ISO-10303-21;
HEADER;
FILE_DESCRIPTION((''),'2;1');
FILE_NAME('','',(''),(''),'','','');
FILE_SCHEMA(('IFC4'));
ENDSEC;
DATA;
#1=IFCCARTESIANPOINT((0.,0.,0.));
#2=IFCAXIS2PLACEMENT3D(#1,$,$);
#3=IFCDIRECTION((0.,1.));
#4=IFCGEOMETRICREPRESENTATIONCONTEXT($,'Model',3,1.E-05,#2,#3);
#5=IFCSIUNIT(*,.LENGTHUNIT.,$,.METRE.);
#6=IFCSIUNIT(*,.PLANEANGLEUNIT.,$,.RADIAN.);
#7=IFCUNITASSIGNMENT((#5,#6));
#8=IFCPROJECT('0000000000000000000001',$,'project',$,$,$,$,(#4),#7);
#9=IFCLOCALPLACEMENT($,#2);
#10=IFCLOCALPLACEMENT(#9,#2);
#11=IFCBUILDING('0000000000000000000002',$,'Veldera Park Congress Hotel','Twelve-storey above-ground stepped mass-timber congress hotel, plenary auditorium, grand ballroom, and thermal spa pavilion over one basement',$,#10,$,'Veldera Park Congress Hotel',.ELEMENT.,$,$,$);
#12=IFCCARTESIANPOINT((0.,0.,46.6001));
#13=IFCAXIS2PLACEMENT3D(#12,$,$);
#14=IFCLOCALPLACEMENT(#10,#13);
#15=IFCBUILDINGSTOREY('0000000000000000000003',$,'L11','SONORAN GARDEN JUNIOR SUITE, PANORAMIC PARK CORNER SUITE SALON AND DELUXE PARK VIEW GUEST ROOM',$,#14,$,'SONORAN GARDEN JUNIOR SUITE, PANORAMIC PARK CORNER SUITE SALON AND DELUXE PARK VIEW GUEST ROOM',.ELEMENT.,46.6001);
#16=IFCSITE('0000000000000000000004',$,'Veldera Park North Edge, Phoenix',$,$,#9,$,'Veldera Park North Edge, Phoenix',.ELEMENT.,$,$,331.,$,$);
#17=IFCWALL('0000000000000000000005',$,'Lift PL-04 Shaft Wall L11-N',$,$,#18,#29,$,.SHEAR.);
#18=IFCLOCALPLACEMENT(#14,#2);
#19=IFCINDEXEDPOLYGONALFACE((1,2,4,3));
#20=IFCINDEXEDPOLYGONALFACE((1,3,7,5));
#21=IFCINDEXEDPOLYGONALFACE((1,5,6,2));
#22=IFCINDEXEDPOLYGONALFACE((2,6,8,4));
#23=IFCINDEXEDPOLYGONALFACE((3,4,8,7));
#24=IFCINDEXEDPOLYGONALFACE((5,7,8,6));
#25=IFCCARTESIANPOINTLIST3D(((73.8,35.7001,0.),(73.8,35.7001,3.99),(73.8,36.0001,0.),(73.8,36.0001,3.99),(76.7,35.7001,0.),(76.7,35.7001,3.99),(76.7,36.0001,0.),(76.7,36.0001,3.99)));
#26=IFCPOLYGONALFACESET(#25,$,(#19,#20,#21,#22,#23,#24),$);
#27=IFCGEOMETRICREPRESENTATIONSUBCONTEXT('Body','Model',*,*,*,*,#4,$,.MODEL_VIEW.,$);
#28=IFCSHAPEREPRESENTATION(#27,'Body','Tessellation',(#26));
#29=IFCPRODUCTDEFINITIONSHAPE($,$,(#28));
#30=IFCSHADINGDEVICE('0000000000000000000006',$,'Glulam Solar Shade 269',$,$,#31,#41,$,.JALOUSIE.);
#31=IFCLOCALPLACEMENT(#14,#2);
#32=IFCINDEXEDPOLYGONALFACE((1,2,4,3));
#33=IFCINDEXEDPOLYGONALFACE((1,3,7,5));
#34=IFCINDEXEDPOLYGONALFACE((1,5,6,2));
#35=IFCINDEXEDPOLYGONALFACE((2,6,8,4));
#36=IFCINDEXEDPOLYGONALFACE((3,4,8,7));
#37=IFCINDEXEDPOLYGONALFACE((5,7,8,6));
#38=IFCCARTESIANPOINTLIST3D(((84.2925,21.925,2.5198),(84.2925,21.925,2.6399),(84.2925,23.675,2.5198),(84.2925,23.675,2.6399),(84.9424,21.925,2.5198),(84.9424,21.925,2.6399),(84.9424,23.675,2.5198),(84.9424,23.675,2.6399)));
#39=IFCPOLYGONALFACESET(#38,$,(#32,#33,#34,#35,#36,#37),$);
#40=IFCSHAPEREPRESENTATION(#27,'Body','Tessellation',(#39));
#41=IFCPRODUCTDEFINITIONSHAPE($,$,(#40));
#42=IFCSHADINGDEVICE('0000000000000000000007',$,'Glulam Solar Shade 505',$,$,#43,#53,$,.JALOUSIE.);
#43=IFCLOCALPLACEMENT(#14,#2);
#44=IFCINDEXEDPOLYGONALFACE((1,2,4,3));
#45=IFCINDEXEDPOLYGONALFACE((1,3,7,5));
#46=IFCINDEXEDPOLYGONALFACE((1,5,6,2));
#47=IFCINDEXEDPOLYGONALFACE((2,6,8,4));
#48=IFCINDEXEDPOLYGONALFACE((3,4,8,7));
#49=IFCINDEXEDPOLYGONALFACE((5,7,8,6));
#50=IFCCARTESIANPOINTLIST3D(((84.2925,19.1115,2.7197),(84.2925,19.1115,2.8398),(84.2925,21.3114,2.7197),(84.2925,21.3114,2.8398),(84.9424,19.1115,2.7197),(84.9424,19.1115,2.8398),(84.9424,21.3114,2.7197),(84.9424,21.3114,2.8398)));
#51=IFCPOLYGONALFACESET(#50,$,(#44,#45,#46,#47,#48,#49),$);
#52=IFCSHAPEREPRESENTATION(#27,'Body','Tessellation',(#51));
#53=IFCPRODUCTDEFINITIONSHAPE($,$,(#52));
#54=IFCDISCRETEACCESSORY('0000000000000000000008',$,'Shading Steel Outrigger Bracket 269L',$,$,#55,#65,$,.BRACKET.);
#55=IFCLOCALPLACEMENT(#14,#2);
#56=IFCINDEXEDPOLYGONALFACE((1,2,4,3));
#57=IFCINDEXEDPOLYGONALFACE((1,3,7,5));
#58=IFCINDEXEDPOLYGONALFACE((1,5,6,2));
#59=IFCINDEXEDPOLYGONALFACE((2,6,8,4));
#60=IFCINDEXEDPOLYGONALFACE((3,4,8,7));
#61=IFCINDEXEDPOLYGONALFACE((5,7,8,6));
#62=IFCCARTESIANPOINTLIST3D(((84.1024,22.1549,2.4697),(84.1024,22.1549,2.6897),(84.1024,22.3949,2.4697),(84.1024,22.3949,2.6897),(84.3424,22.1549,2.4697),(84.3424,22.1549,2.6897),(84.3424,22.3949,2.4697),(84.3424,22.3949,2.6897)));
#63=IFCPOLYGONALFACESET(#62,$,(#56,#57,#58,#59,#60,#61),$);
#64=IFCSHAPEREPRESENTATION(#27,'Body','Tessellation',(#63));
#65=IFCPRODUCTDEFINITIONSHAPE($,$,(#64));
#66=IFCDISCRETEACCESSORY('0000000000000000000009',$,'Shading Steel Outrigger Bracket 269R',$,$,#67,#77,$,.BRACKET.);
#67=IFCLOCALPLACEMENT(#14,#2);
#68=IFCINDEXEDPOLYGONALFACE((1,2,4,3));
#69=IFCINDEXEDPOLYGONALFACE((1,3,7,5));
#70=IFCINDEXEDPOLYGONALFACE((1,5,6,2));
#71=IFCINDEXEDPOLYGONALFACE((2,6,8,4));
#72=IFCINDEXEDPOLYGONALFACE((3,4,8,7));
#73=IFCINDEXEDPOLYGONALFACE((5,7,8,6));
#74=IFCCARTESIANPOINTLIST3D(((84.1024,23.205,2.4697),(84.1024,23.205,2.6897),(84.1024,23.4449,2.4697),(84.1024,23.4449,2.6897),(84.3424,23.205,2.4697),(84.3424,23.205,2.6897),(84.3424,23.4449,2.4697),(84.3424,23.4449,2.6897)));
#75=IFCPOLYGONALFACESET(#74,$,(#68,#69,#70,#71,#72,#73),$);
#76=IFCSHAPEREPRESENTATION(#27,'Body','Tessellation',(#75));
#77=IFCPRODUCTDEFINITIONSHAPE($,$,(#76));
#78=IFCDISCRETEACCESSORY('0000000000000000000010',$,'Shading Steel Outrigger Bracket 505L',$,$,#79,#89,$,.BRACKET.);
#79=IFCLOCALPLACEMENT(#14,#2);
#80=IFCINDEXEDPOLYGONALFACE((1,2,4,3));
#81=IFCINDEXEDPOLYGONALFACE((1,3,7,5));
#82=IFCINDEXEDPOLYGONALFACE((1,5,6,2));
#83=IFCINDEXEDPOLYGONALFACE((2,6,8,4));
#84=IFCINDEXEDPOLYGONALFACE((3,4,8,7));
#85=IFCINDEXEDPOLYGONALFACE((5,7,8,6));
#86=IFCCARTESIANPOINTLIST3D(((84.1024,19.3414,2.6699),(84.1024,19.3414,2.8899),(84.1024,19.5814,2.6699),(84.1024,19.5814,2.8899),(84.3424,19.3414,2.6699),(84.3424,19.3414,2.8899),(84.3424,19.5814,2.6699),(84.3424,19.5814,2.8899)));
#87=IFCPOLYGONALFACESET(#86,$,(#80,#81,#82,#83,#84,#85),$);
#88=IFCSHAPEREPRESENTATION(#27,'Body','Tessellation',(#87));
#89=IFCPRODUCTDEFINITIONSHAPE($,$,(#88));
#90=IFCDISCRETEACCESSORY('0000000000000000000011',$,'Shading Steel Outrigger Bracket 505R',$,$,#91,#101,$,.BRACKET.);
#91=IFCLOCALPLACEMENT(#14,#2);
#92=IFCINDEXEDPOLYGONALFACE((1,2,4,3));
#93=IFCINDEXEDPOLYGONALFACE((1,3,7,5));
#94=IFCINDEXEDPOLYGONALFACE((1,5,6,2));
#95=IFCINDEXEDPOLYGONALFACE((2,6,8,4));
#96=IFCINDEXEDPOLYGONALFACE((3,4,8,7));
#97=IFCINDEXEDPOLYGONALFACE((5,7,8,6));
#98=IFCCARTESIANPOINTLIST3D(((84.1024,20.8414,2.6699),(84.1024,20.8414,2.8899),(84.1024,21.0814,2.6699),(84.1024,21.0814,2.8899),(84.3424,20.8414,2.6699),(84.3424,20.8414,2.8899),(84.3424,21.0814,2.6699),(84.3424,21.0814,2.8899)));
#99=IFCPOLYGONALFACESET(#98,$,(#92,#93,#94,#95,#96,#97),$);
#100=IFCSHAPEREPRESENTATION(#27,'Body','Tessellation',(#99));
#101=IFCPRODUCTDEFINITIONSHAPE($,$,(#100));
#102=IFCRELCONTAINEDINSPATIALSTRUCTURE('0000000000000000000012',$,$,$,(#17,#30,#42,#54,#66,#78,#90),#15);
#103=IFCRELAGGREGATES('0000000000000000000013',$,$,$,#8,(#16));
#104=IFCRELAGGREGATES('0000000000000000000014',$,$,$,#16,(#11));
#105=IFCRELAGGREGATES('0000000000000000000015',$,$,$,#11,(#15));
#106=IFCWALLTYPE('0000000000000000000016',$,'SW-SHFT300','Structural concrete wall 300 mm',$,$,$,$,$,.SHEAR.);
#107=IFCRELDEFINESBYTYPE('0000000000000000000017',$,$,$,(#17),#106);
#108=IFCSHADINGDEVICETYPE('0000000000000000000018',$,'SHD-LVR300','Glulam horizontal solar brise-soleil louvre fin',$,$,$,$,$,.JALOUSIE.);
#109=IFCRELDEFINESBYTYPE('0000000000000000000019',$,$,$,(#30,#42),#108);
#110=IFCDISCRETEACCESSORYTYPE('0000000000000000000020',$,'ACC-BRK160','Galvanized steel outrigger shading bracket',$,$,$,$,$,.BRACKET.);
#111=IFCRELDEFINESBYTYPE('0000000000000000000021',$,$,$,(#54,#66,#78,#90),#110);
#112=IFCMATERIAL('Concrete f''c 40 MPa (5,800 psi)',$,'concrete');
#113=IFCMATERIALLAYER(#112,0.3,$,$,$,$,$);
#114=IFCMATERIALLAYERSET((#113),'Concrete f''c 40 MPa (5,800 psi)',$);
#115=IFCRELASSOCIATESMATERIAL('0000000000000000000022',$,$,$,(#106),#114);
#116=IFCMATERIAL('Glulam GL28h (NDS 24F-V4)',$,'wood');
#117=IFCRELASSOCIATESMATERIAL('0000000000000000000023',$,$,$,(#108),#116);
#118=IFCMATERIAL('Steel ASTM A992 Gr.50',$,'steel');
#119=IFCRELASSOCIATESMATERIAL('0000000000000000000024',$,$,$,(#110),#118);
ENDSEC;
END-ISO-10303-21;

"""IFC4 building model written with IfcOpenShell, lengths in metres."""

from ifc_helpers import new_model, si_unit, direction, frame, frame_2d, origin, origin_2d, place, context, subcontext, project, spatial, rectangle, extrude, material, layer, layer_set, type_object, element, save


model = new_model("IFC4")

# Units and contexts
model_context = context("Model", 3, precision=1e-05, world=origin(), true_north=direction((0.0, 1.0)))
body_context = subcontext(model_context, "Body", "Model", "MODEL_VIEW")
ifc_project = project(units=[si_unit("LENGTHUNIT", "METRE"), si_unit("PLANEANGLEUNIT", "RADIAN")], contexts=[model_context])

# Site, building, storey
site_placement = place(None, origin())
site = spatial("IfcSite", under=ifc_project, at=site_placement, Name="Veldera Park North Edge, Phoenix", LongName="Veldera Park North Edge, Phoenix", CompositionType="ELEMENT", RefElevation=331.0)
building_placement = place(site_placement, origin())
building = spatial("IfcBuilding", under=site, at=building_placement, Name="Veldera Park Congress Hotel", Description="Twelve-storey above-ground stepped mass-timber congress hotel, plenary auditorium, grand ballroom, and thermal spa pavilion over one basement", LongName="Veldera Park Congress Hotel", CompositionType="ELEMENT")
storey_placement = place(building_placement, frame((0.0, 0.0, 46.6001)))
storey = spatial("IfcBuildingStorey", under=building, at=storey_placement, Name="L11", Description="SONORAN GARDEN JUNIOR SUITE, PANORAMIC PARK CORNER SUITE SALON AND DELUXE PARK VIEW GUEST ROOM", LongName="SONORAN GARDEN JUNIOR SUITE, PANORAMIC PARK CORNER SUITE SALON AND DELUXE PARK VIEW GUEST ROOM", CompositionType="ELEMENT", Elevation=46.6001)

# Shared definitions
ifc_material_1 = material(Name="Glulam GL28h (NDS 24F-V4)", Category="wood")

# Wall
ifc_material_2 = material(Name="Concrete f'c 40 MPa (5,800 psi)", Category="concrete")
ifc_layer_1 = layer(ifc_material_2, 0.3)
ifc_layer_set_1 = layer_set([ifc_layer_1], Name="Concrete f'c 40 MPa (5,800 psi)")
wall_type_1 = type_object("IfcWallType", Name="SW-SHFT300", Description="Structural concrete wall 300 mm", PredefinedType="SHEAR", material=ifc_layer_set_1)
wall_1_placement = place(storey_placement, frame((76.7, 35.8501, 0.0), z_axis=(0.0, 0.0, 1.0), x_axis=(-1.0, 0.0, 0.0)))
element("IfcWall", 1, at=wall_1_placement, inside=storey, type_object=wall_type_1, Name="Lift PL-04 Shaft Wall L11-N", PredefinedType="SHEAR", context=body_context, shape_type="SweptSolid", body=[
    extrude(rectangle(XDim=2.8999, YDim=0.3, at=frame_2d((1.45, 0.0))), origin(), (0.0, 0.0, 1.0), 3.99),
])

# Shading devices
shading_device_type = type_object("IfcShadingDeviceType", Name="SHD-LVR300", Description="Glulam horizontal solar brise-soleil louvre fin", PredefinedType="JALOUSIE", material=ifc_material_1)
shading_device_1_placement = place(storey_placement, frame((84.6174, 22.8, 2.5198), z_axis=(0.0, 0.0, 1.0), x_axis=(0.0, 1.0, 0.0)))
element("IfcShadingDevice", 2, at=shading_device_1_placement, inside=storey, type_object=shading_device_type, Name="Glulam Solar Shade 269", PredefinedType="JALOUSIE", context=body_context, shape_type="SweptSolid", body=[
    extrude(rectangle(XDim=1.75, YDim=0.6499, at=origin_2d()), origin(), (0.0, 0.0, 1.0), 0.1201),
])
shading_device_2_placement = place(storey_placement, frame((84.6174, 20.2114, 2.7197), z_axis=(0.0, 0.0, 1.0), x_axis=(0.0, 1.0, 0.0)))
element("IfcShadingDevice", 3, at=shading_device_2_placement, inside=storey, type_object=shading_device_type, Name="Glulam Solar Shade 505", PredefinedType="JALOUSIE", context=body_context, shape_type="SweptSolid", body=[
    extrude(rectangle(XDim=2.2, YDim=0.6499, at=origin_2d()), origin(), (0.0, 0.0, 1.0), 0.1201),
])

# Discrete accessories
ifc_material_3 = material(Name="Steel ASTM A992 Gr.50", Category="steel")
discrete_accessory_type = type_object("IfcDiscreteAccessoryType", Name="ACC-BRK160", Description="Galvanized steel outrigger shading bracket", PredefinedType="BRACKET", material=ifc_material_3)
for number, where, z_axis, x_axis, name in (
    (4, (84.2224, 22.2749, 2.4697), (0.0, 0.0, 1.0), (0.0, 1.0, 0.0), "Shading Steel Outrigger Bracket 269L"),
    (5, (84.2224, 23.325, 2.4697), (0.0, 0.0, 1.0), (0.0, 1.0, 0.0), "Shading Steel Outrigger Bracket 269R"),
    (6, (84.2224, 19.4614, 2.6699), (0.0, 0.0, 1.0), (0.0, 1.0, 0.0), "Shading Steel Outrigger Bracket 505L"),
    (7, (84.2224, 20.9614, 2.6699), (0.0, 0.0, 1.0), (0.0, 1.0, 0.0), "Shading Steel Outrigger Bracket 505R"),
):
    element("IfcDiscreteAccessory", number, at=place(storey_placement, frame(where, z_axis=z_axis, x_axis=x_axis)), inside=storey, type_object=discrete_accessory_type, Name=name, PredefinedType="BRACKET", context=body_context, shape_type="SweptSolid", body=[
        extrude(rectangle(XDim=0.24, YDim=0.24, at=origin_2d()), origin(), (0.0, 0.0, 1.0), 0.22),
    ])

save(model, "model.ifc")
